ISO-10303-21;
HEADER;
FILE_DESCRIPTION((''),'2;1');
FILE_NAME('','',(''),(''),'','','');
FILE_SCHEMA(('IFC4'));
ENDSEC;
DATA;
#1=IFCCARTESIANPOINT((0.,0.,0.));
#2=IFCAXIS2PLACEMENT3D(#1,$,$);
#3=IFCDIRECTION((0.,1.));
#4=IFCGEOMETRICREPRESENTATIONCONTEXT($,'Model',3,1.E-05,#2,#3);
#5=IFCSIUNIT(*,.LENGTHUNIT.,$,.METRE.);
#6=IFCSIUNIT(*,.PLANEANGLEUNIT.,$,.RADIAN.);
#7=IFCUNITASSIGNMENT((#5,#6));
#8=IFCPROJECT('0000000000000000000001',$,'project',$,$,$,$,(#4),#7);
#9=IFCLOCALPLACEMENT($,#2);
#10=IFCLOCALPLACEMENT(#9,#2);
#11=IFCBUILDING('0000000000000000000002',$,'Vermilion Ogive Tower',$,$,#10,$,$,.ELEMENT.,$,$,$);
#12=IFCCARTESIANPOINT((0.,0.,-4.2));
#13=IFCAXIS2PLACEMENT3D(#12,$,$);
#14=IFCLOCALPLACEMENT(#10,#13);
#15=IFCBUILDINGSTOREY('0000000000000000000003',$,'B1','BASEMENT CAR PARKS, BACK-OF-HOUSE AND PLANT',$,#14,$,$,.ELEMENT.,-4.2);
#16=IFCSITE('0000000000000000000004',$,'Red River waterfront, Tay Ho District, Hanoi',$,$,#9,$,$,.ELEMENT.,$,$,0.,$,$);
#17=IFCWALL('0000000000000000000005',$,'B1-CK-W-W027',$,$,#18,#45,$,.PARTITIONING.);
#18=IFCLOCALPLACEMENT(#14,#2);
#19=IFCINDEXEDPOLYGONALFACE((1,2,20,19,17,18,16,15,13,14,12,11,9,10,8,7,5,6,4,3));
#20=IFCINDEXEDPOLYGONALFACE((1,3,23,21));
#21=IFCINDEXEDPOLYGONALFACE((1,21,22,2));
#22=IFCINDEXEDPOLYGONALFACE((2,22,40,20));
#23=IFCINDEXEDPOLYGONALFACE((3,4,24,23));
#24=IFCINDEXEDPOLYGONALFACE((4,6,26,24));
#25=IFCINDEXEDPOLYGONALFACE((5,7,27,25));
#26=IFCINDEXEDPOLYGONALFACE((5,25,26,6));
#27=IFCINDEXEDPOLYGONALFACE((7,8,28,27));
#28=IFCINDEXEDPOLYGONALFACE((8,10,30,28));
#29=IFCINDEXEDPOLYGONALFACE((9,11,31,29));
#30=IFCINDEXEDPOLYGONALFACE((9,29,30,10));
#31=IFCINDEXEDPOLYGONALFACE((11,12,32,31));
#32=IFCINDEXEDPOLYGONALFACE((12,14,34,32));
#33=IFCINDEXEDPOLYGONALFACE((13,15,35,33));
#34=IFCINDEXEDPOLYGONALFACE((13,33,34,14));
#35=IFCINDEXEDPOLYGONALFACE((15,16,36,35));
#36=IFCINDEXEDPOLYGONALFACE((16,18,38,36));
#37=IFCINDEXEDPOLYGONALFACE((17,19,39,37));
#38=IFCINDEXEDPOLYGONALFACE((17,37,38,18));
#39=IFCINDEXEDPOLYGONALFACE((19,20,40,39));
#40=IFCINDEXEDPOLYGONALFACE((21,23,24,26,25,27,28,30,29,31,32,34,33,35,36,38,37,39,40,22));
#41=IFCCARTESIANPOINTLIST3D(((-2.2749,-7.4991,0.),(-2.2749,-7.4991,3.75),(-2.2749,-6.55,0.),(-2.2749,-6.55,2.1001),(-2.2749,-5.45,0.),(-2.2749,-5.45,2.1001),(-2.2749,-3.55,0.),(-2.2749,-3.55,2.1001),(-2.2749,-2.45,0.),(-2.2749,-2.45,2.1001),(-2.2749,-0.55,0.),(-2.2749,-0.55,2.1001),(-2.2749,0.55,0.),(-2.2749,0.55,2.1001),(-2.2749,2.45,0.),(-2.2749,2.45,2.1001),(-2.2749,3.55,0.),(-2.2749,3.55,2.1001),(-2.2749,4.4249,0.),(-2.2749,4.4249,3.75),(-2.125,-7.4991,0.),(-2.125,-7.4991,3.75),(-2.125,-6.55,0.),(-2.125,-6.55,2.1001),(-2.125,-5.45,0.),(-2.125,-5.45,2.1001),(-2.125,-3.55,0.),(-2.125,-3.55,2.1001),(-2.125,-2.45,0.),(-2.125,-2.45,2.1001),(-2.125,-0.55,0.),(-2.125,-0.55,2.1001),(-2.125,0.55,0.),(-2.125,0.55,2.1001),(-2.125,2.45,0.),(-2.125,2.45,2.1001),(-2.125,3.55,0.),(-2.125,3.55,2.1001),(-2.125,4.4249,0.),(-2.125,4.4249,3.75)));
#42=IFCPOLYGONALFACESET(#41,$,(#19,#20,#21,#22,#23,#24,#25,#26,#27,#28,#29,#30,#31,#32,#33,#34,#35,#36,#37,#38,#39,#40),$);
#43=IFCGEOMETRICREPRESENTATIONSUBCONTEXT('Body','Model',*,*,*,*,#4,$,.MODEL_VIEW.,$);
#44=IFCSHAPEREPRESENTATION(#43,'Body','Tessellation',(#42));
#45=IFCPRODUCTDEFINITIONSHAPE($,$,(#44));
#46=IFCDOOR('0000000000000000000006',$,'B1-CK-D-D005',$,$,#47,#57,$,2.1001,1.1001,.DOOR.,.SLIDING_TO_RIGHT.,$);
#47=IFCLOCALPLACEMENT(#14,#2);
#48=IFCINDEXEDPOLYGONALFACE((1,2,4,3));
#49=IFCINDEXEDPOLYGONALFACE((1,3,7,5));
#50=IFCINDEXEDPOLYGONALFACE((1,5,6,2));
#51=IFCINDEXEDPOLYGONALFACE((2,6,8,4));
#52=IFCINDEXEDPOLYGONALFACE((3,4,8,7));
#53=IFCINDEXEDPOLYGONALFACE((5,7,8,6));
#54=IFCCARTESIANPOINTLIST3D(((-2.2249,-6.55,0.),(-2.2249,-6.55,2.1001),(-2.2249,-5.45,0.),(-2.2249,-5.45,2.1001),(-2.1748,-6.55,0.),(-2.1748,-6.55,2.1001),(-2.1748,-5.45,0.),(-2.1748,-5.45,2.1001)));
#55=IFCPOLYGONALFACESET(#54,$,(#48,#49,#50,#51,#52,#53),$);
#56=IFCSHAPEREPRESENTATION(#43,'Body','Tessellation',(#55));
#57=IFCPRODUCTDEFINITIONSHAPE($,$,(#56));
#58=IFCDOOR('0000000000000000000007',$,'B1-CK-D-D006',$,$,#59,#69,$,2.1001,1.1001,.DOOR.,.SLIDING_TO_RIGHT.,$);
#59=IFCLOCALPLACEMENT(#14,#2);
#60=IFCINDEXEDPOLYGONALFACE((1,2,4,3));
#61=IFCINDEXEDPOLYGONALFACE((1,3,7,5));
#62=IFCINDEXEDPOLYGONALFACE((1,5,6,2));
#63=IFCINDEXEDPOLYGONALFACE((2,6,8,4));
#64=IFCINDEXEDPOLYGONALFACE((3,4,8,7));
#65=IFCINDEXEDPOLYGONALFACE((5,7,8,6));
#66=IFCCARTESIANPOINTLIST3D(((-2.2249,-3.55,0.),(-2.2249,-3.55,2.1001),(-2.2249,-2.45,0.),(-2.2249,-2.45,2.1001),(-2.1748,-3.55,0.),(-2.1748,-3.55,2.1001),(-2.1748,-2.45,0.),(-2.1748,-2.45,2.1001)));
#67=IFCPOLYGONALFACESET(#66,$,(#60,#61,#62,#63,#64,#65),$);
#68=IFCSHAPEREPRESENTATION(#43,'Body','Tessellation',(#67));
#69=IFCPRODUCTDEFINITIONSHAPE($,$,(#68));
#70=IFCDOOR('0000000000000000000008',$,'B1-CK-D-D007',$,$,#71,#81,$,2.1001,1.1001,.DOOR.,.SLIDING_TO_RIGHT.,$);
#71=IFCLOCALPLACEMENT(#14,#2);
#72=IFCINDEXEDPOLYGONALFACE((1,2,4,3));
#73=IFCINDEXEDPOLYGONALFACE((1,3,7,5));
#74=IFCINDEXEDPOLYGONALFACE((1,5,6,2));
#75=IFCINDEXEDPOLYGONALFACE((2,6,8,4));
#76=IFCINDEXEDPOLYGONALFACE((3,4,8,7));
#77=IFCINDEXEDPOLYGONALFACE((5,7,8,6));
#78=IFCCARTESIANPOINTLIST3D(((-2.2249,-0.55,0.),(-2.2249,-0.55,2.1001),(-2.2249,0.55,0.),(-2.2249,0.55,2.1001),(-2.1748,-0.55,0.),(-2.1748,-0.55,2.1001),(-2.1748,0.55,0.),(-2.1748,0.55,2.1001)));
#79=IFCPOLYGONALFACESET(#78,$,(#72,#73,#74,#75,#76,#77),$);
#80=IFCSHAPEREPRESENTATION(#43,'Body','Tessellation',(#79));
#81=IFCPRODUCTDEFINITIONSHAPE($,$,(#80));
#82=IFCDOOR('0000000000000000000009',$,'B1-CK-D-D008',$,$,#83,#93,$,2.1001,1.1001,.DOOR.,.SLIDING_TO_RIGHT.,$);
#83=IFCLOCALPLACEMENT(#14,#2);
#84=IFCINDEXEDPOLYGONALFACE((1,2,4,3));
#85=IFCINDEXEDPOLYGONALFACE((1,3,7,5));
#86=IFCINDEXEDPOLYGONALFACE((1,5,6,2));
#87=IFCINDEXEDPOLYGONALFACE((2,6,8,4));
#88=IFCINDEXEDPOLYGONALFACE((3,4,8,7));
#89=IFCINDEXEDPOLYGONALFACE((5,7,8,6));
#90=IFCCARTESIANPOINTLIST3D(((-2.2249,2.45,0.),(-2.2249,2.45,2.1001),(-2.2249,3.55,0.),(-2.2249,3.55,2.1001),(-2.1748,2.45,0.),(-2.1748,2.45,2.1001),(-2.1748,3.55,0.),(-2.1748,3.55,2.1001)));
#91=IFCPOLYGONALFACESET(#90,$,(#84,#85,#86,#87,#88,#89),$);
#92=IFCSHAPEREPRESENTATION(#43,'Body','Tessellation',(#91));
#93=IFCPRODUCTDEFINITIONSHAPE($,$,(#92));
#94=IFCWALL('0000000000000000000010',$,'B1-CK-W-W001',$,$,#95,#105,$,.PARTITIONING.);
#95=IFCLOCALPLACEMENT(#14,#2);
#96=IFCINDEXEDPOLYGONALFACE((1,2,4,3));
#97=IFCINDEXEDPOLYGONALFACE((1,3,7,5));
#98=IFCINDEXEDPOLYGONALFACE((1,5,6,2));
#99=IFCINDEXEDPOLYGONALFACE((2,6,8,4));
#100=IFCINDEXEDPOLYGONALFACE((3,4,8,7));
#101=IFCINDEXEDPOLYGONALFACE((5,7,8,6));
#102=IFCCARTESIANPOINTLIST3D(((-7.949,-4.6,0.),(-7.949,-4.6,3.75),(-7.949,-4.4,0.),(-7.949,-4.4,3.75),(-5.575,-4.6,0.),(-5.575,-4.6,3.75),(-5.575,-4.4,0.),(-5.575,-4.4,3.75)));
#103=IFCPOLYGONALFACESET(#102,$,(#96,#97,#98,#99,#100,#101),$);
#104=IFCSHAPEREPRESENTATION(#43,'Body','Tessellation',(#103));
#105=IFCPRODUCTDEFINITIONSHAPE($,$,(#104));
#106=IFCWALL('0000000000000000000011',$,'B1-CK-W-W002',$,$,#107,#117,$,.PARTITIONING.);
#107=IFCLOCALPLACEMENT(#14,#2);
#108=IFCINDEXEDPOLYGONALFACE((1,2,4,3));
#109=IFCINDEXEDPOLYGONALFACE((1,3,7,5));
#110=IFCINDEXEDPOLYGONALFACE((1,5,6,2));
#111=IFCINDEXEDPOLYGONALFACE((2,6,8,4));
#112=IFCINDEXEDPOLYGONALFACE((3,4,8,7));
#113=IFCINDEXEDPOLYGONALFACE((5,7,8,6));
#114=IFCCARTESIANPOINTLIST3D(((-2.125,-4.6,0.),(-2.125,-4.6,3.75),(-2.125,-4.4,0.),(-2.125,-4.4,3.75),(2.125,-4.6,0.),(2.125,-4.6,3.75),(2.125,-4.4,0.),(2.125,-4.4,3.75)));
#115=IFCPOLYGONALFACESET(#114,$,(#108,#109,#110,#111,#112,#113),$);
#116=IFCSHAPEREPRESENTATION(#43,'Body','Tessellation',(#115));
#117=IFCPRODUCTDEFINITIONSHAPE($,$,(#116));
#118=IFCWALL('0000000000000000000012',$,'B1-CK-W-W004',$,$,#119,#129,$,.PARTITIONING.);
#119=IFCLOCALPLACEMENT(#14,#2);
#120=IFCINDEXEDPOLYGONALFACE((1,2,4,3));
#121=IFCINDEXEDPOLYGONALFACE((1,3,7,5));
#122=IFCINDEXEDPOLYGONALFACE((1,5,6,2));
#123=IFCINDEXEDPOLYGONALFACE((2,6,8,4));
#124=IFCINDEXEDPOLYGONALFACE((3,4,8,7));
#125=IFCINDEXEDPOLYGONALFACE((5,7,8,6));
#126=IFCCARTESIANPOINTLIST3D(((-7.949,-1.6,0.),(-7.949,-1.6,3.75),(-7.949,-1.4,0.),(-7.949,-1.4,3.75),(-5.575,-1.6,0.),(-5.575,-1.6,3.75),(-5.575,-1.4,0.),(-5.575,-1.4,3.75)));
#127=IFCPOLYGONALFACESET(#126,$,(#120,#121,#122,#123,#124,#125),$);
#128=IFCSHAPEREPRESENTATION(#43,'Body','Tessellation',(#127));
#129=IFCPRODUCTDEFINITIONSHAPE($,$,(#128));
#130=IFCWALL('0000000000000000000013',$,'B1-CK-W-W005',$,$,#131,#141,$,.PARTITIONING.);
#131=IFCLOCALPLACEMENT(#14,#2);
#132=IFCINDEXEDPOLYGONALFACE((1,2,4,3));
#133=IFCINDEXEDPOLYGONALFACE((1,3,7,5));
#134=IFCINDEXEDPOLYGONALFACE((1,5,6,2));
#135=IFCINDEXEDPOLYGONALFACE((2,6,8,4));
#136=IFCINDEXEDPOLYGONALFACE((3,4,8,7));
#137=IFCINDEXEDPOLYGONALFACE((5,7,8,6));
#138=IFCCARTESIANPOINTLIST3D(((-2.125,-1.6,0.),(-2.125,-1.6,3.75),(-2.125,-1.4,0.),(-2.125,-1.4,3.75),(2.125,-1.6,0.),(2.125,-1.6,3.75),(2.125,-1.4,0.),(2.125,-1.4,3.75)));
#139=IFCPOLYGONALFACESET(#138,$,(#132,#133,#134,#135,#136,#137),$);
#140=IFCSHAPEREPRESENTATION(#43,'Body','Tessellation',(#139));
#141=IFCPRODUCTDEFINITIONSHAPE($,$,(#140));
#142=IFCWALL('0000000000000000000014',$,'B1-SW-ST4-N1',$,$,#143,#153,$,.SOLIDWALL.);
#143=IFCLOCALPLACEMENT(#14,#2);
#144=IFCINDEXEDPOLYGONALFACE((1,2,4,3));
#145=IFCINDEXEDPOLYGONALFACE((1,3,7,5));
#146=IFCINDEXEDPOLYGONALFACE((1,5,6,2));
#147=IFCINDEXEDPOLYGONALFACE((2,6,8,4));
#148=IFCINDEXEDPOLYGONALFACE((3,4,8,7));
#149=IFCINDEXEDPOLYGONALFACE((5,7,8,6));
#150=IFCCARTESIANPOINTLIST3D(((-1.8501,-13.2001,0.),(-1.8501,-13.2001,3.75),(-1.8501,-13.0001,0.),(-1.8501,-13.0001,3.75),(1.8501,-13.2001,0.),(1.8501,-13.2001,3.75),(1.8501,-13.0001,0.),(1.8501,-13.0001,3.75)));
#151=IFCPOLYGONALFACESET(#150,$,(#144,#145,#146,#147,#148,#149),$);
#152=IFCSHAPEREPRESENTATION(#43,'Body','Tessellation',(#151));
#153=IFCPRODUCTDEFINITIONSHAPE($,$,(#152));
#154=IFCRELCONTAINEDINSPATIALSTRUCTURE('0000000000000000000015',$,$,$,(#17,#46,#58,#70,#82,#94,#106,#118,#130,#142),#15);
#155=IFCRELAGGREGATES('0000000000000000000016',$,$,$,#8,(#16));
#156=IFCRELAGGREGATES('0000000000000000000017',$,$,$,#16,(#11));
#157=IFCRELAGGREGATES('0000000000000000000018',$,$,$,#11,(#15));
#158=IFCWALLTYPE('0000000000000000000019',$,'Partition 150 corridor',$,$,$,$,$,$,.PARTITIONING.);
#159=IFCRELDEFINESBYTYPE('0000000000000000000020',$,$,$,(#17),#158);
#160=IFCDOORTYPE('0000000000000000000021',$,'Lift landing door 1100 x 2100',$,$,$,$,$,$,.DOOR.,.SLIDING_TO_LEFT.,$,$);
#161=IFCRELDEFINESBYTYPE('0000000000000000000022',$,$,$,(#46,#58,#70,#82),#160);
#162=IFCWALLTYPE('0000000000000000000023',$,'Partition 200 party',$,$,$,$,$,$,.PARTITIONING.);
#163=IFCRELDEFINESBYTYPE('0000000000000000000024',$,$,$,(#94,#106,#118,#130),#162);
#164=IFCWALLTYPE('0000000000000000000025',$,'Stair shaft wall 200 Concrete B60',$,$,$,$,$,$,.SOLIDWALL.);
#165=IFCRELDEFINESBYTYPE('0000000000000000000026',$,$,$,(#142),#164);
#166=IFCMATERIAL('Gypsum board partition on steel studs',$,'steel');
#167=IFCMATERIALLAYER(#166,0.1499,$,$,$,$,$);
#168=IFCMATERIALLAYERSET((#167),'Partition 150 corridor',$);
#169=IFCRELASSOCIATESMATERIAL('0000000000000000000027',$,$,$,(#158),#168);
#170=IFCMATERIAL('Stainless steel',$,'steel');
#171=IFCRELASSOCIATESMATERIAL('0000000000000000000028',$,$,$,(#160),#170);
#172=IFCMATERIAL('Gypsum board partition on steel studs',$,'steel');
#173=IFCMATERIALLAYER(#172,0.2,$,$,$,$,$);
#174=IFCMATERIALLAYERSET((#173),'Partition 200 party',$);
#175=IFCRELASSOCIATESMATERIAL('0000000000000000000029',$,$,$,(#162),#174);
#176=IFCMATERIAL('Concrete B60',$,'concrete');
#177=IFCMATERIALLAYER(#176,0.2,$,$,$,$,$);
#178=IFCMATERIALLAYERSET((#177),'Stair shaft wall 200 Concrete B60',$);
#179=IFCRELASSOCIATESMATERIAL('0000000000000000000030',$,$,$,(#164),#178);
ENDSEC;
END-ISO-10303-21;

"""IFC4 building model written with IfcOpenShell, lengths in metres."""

from ifc_helpers import new_model, si_unit, direction, frame, frame_2d, origin, place, context, subcontext, project, spatial, rectangle, extrude, material, layer, layer_set, type_object, element, fill, save


model = new_model("IFC4")

# Units and contexts
model_context = context("Model", 3, precision=1e-05, world=origin(), true_north=direction((0.0, 1.0)))
body_context = subcontext(model_context, "Body", "Model", "MODEL_VIEW")
ifc_project = project(units=[si_unit("LENGTHUNIT", "METRE"), si_unit("PLANEANGLEUNIT", "RADIAN")], contexts=[model_context])

# Site, building, storey
site_placement = place(None, origin())
site = spatial("IfcSite", under=ifc_project, at=site_placement, Name="Red River waterfront, Tay Ho District, Hanoi", CompositionType="ELEMENT", RefElevation=0.0)
building_placement = place(site_placement, origin())
building = spatial("IfcBuilding", under=site, at=building_placement, Name="Vermilion Ogive Tower", CompositionType="ELEMENT")
storey_placement = place(building_placement, frame((0.0, 0.0, -4.2)))
storey = spatial("IfcBuildingStorey", under=building, at=storey_placement, Name="B1", Description="BASEMENT CAR PARKS, BACK-OF-HOUSE AND PLANT", CompositionType="ELEMENT", Elevation=-4.2)

# Shared definitions
ifc_material_1 = material(Name="Gypsum board partition on steel studs", Category="steel")
ifc_layer_1 = layer(ifc_material_1, 0.1499)
ifc_layer_set_1 = layer_set([ifc_layer_1], Name="Partition 150 corridor")
wall_type_1 = type_object("IfcWallType", Name="Partition 150 corridor", PredefinedType="PARTITIONING", material=ifc_layer_set_1)

# Wall, openings, doors
ifc_material_2 = material(Name="Stainless steel", Category="steel")
door_type_1 = type_object("IfcDoorType", Name="Lift landing door 1100 x 2100", OperationType="SLIDING_TO_LEFT", PredefinedType="DOOR", material=ifc_material_2)
wall_1_placement = place(storey_placement, frame((-2.2, -7.499, 0.0), z_axis=(0.0, 0.0, 1.0), x_axis=(0.0, 1.0, 0.0)))
wall_1 = element("IfcWall", 1, at=wall_1_placement, inside=storey, type_object=wall_type_1, Name="B1-CK-W-W027", PredefinedType="PARTITIONING", context=body_context, shape_type="SweptSolid", body=[
    extrude(rectangle(XDim=11.9241, YDim=0.1499, at=frame_2d((5.9619, 0.0))), origin(), (0.0, 0.0, 1.0), 3.75),
])
opening_1_placement = place(wall_1_placement, frame((0.949, 0.0, 0.0)))
opening_1 = element("IfcOpeningElement", 2, at=opening_1_placement, cuts=wall_1, PredefinedType="OPENING", context=body_context, shape_type="SweptSolid", body=[
    extrude(rectangle(XDim=1.1001, YDim=2.1001, at=frame_2d((0.55, 1.05))), frame((0.0, 0.085, 0.0), z_axis=(0.0, -1.0, 0.0), x_axis=(1.0, 0.0, 0.0)), (0.0, 0.0, 1.0), 0.1699),
])
opening_2_placement = place(wall_1_placement, frame((3.949, 0.0, 0.0)))
opening_2 = element("IfcOpeningElement", 3, at=opening_2_placement, cuts=wall_1, PredefinedType="OPENING", context=body_context, shape_type="SweptSolid", body=[
    extrude(rectangle(XDim=1.1001, YDim=2.1001, at=frame_2d((0.55, 1.05))), frame((0.0, 0.085, 0.0), z_axis=(0.0, -1.0, 0.0), x_axis=(1.0, 0.0, 0.0)), (0.0, 0.0, 1.0), 0.1699),
])
opening_3_placement = place(wall_1_placement, frame((6.949, 0.0, 0.0)))
opening_3 = element("IfcOpeningElement", 4, at=opening_3_placement, cuts=wall_1, PredefinedType="OPENING", context=body_context, shape_type="SweptSolid", body=[
    extrude(rectangle(XDim=1.1001, YDim=2.1001, at=frame_2d((0.55, 1.05))), frame((0.0, 0.085, 0.0), z_axis=(0.0, -1.0, 0.0), x_axis=(1.0, 0.0, 0.0)), (0.0, 0.0, 1.0), 0.1699),
])
opening_4_placement = place(wall_1_placement, frame((9.949, 0.0, 0.0)))
opening_4 = element("IfcOpeningElement", 5, at=opening_4_placement, cuts=wall_1, PredefinedType="OPENING", context=body_context, shape_type="SweptSolid", body=[
    extrude(rectangle(XDim=1.1001, YDim=2.1001, at=frame_2d((0.55, 1.05))), frame((0.0, 0.085, 0.0), z_axis=(0.0, -1.0, 0.0), x_axis=(1.0, 0.0, 0.0)), (0.0, 0.0, 1.0), 0.1699),
])
door_1_placement = place(opening_1_placement, origin())
door_1 = element("IfcDoor", 6, at=door_1_placement, inside=storey, type_object=door_type_1, Name="B1-CK-D-D005", OperationType="SLIDING_TO_RIGHT", OverallHeight=2.1001, OverallWidth=1.1001, PredefinedType="DOOR", context=body_context, shape_type="SweptSolid", body=[
    extrude(rectangle(XDim=1.1001, YDim=2.1001, at=frame_2d((0.55, 1.05))), frame((0.0, 0.0249, 0.0), z_axis=(0.0, -1.0, 0.0), x_axis=(1.0, 0.0, 0.0)), (0.0, 0.0, 1.0), 0.05),
])
fill(opening_1, door_1)
door_2_placement = place(opening_2_placement, origin())
door_2 = element("IfcDoor", 7, at=door_2_placement, inside=storey, type_object=door_type_1, Name="B1-CK-D-D006", OperationType="SLIDING_TO_RIGHT", OverallHeight=2.1001, OverallWidth=1.1001, PredefinedType="DOOR", context=body_context, shape_type="SweptSolid", body=[
    extrude(rectangle(XDim=1.1001, YDim=2.1001, at=frame_2d((0.55, 1.05))), frame((0.0, 0.0249, 0.0), z_axis=(0.0, -1.0, 0.0), x_axis=(1.0, 0.0, 0.0)), (0.0, 0.0, 1.0), 0.05),
])
fill(opening_2, door_2)
door_3_placement = place(opening_3_placement, origin())
door_3 = element("IfcDoor", 8, at=door_3_placement, inside=storey, type_object=door_type_1, Name="B1-CK-D-D007", OperationType="SLIDING_TO_RIGHT", OverallHeight=2.1001, OverallWidth=1.1001, PredefinedType="DOOR", context=body_context, shape_type="SweptSolid", body=[
    extrude(rectangle(XDim=1.1001, YDim=2.1001, at=frame_2d((0.55, 1.05))), frame((0.0, 0.0249, 0.0), z_axis=(0.0, -1.0, 0.0), x_axis=(1.0, 0.0, 0.0)), (0.0, 0.0, 1.0), 0.05),
])
fill(opening_3, door_3)
door_4_placement = place(opening_4_placement, origin())
door_4 = element("IfcDoor", 9, at=door_4_placement, inside=storey, type_object=door_type_1, Name="B1-CK-D-D008", OperationType="SLIDING_TO_RIGHT", OverallHeight=2.1001, OverallWidth=1.1001, PredefinedType="DOOR", context=body_context, shape_type="SweptSolid", body=[
    extrude(rectangle(XDim=1.1001, YDim=2.1001, at=frame_2d((0.55, 1.05))), frame((0.0, 0.0249, 0.0), z_axis=(0.0, -1.0, 0.0), x_axis=(1.0, 0.0, 0.0)), (0.0, 0.0, 1.0), 0.05),
])
fill(opening_4, door_4)

# Walls
ifc_material_3 = material(Name="Gypsum board partition on steel studs", Category="steel")
ifc_layer_2 = layer(ifc_material_3, 0.2)
ifc_layer_set_2 = layer_set([ifc_layer_2], Name="Partition 200 party")
wall_type_2 = type_object("IfcWallType", Name="Partition 200 party", PredefinedType="PARTITIONING", material=ifc_layer_set_2)
wall_2_placement = place(storey_placement, frame((-7.949, -4.5, 0.0), z_axis=(0.0, 0.0, 1.0), x_axis=(1.0, 0.0, 0.0)))
element("IfcWall", 10, at=wall_2_placement, inside=storey, type_object=wall_type_2, Name="B1-CK-W-W001", PredefinedType="PARTITIONING", context=body_context, shape_type="SweptSolid", body=[
    extrude(rectangle(XDim=2.374, YDim=0.2, at=frame_2d((1.187, 0.0))), origin(), (0.0, 0.0, 1.0), 3.75),
])
wall_3_placement = place(storey_placement, frame((-2.125, -4.5, 0.0), z_axis=(0.0, 0.0, 1.0), x_axis=(1.0, 0.0, 0.0)))
element("IfcWall", 11, at=wall_3_placement, inside=storey, type_object=wall_type_2, Name="B1-CK-W-W002", PredefinedType="PARTITIONING", context=body_context, shape_type="SweptSolid", body=[
    extrude(rectangle(XDim=4.25, YDim=0.2, at=frame_2d((2.125, 0.0))), origin(), (0.0, 0.0, 1.0), 3.75),
])
wall_4_placement = place(storey_placement, frame((-7.949, -1.5, 0.0), z_axis=(0.0, 0.0, 1.0), x_axis=(1.0, 0.0, 0.0)))
element("IfcWall", 12, at=wall_4_placement, inside=storey, type_object=wall_type_2, Name="B1-CK-W-W004", PredefinedType="PARTITIONING", context=body_context, shape_type="SweptSolid", body=[
    extrude(rectangle(XDim=2.374, YDim=0.2, at=frame_2d((1.187, 0.0))), origin(), (0.0, 0.0, 1.0), 3.75),
])
wall_5_placement = place(storey_placement, frame((-2.125, -1.5, 0.0), z_axis=(0.0, 0.0, 1.0), x_axis=(1.0, 0.0, 0.0)))
element("IfcWall", 13, at=wall_5_placement, inside=storey, type_object=wall_type_2, Name="B1-CK-W-W005", PredefinedType="PARTITIONING", context=body_context, shape_type="SweptSolid", body=[
    extrude(rectangle(XDim=4.25, YDim=0.2, at=frame_2d((2.125, 0.0))), origin(), (0.0, 0.0, 1.0), 3.75),
])
ifc_material_4 = material(Name="Concrete B60", Category="concrete")
ifc_layer_3 = layer(ifc_material_4, 0.2)
ifc_layer_set_3 = layer_set([ifc_layer_3], Name="Stair shaft wall 200 Concrete B60")
wall_type_3 = type_object("IfcWallType", Name="Stair shaft wall 200 Concrete B60", PredefinedType="SOLIDWALL", material=ifc_layer_set_3)
wall_6_placement = place(storey_placement, frame((-1.8501, -13.1001, 0.0), z_axis=(0.0, 0.0, 1.0), x_axis=(1.0, 0.0, 0.0)))
element("IfcWall", 14, at=wall_6_placement, inside=storey, type_object=wall_type_3, Name="B1-SW-ST4-N1", PredefinedType="SOLIDWALL", context=body_context, shape_type="SweptSolid", body=[
    extrude(rectangle(XDim=3.7002, YDim=0.2, at=frame_2d((1.8501, 0.0))), origin(), (0.0, 0.0, 1.0), 3.75),
])

save(model, "model.ifc")
